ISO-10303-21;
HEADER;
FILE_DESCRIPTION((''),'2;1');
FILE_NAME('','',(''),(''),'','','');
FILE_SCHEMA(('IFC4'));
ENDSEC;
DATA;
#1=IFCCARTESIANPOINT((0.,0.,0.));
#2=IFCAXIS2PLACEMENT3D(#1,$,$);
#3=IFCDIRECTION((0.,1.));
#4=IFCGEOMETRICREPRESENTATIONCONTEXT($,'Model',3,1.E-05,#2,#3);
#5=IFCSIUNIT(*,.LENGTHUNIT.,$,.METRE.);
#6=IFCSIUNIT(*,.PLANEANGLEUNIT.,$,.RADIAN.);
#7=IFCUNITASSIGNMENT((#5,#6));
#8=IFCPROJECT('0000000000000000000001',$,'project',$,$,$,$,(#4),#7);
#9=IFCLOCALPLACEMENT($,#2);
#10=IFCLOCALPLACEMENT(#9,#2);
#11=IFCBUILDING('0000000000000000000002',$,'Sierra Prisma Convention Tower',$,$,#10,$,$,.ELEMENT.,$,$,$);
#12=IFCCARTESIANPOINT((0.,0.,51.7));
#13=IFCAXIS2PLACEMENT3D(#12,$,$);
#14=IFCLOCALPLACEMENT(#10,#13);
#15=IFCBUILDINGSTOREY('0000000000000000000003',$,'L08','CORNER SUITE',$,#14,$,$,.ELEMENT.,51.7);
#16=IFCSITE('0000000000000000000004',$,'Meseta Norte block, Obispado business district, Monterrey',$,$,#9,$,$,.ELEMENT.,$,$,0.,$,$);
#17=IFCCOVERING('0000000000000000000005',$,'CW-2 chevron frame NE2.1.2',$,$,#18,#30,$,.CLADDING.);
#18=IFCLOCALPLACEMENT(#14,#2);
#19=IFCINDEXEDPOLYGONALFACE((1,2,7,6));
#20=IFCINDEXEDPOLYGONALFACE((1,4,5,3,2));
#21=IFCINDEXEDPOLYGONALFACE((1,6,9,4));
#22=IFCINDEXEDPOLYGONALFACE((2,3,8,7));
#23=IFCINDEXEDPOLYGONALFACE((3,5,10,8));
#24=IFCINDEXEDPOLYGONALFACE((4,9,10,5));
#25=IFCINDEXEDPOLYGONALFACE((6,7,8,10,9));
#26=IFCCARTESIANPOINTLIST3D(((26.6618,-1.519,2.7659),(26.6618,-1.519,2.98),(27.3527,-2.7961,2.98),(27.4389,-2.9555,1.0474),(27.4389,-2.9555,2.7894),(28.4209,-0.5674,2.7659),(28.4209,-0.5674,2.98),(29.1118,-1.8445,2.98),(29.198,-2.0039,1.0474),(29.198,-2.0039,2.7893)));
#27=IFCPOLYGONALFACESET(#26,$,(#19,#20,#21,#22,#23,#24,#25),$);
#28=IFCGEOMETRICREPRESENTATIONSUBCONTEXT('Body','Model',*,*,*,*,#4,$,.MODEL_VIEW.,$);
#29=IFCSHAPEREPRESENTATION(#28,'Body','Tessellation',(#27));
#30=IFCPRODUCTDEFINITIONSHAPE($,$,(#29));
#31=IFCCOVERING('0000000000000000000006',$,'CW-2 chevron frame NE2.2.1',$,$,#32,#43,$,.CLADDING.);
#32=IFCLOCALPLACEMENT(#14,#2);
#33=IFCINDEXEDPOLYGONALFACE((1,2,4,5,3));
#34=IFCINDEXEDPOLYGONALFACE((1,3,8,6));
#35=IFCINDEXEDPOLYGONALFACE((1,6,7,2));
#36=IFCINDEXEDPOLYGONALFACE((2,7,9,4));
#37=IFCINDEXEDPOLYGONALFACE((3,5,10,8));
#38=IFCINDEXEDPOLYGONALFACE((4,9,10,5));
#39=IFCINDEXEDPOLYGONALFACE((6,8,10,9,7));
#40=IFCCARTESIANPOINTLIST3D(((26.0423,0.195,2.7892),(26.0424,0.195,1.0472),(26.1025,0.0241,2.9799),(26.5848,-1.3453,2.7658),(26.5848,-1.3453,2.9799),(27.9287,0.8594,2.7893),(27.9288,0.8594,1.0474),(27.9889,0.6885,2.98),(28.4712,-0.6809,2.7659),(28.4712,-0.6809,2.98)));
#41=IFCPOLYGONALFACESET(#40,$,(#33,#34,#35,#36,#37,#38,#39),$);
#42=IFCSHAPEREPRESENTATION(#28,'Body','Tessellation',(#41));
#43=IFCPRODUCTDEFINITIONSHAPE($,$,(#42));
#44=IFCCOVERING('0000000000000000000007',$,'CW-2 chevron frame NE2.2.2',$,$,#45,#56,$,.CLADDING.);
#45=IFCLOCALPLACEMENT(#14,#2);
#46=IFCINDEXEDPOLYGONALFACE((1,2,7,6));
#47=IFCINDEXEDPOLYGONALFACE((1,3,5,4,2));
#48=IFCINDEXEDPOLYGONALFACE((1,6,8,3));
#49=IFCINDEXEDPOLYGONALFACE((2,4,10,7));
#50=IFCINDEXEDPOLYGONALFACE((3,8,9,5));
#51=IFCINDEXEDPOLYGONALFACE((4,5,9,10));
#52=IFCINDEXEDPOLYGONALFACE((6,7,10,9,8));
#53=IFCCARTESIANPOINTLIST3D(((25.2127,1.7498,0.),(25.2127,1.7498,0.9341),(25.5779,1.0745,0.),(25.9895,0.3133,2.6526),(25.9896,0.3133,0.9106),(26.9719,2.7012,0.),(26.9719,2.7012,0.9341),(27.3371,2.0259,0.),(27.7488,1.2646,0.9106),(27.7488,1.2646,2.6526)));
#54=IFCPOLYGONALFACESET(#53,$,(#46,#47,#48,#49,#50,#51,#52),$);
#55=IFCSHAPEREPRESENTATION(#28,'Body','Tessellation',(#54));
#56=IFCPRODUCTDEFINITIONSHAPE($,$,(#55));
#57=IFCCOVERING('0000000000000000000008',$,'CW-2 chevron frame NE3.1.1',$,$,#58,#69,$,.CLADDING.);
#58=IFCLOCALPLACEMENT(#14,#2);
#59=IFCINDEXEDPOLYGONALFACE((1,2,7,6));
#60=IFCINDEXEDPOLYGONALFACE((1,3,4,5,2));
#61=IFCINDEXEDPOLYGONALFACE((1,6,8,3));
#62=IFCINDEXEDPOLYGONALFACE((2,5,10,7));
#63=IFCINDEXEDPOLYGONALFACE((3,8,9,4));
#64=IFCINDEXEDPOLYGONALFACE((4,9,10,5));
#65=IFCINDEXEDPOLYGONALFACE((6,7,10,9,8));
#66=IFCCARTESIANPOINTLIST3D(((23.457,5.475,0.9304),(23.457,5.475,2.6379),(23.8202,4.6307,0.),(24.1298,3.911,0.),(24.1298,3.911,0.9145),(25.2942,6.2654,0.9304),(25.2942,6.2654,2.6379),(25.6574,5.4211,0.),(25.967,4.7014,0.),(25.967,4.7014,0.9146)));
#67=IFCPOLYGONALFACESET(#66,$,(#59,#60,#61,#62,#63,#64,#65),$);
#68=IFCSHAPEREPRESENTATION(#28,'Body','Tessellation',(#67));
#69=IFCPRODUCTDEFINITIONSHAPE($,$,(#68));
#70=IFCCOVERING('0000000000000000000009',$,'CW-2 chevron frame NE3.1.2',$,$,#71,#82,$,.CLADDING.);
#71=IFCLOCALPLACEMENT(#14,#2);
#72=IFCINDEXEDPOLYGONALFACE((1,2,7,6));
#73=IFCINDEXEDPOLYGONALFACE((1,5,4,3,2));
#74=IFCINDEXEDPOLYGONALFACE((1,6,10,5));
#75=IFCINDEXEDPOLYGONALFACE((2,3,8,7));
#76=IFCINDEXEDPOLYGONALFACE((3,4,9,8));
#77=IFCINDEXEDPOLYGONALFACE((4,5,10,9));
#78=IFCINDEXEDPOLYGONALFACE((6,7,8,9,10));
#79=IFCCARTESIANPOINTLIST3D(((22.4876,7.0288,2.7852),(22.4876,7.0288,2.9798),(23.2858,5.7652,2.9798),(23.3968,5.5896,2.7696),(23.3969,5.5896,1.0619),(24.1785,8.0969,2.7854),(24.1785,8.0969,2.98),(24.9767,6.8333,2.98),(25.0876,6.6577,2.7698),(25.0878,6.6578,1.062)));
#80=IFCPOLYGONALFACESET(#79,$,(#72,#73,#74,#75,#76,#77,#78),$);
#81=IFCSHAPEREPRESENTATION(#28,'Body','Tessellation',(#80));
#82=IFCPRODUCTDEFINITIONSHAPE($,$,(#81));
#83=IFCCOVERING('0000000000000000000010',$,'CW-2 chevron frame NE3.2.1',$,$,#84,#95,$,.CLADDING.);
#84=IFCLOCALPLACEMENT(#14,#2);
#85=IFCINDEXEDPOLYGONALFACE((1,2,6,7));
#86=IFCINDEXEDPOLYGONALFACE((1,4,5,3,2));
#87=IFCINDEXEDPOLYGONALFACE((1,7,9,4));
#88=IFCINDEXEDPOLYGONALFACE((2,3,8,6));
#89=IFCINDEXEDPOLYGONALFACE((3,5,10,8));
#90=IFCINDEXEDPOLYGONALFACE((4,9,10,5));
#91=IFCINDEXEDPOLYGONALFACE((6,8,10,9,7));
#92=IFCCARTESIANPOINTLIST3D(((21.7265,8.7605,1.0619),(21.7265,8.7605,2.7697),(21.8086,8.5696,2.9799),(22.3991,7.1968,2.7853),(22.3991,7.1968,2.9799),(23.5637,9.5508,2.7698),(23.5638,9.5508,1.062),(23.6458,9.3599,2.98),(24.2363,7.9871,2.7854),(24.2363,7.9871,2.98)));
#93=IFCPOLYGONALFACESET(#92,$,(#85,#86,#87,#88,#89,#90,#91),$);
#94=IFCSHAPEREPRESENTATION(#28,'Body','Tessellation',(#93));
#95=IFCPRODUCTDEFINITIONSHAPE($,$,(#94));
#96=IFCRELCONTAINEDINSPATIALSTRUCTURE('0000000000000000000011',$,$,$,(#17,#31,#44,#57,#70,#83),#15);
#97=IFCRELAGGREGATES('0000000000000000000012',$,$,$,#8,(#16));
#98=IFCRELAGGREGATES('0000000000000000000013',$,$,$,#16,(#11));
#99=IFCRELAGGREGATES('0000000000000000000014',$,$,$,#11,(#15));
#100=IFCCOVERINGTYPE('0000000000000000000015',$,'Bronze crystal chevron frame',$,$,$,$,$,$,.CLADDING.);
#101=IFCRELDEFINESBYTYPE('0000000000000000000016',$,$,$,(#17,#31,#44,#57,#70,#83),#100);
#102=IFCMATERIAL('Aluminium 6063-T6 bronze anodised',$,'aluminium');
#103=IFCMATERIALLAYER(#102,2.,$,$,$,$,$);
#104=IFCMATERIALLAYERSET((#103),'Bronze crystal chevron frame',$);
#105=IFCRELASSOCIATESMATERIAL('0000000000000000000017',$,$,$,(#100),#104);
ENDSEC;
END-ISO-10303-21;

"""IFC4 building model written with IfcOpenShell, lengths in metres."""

from ifc_helpers import new_model, si_unit, direction, frame, origin, place, context, subcontext, project, spatial, polyline, outline, extrude, material, layer, layer_set, type_object, element, save


model = new_model("IFC4")

# Units and contexts
model_context = context("Model", 3, precision=1e-05, world=origin(), true_north=direction((0.0, 1.0)))
body_context = subcontext(model_context, "Body", "Model", "MODEL_VIEW")
ifc_project = project(units=[si_unit("LENGTHUNIT", "METRE"), si_unit("PLANEANGLEUNIT", "RADIAN")], contexts=[model_context])

# Site, building, storey
site_placement = place(None, origin())
site = spatial("IfcSite", under=ifc_project, at=site_placement, Name="Meseta Norte block, Obispado business district, Monterrey", CompositionType="ELEMENT", RefElevation=0.0)
building_placement = place(site_placement, origin())
building = spatial("IfcBuilding", under=site, at=building_placement, Name="Sierra Prisma Convention Tower", CompositionType="ELEMENT")
storey_placement = place(building_placement, frame((0.0, 0.0, 51.7)))
storey = spatial("IfcBuildingStorey", under=building, at=storey_placement, Name="L08", Description="CORNER SUITE", CompositionType="ELEMENT", Elevation=51.7)

# Coverings
ifc_material_1 = material(Name="Aluminium 6063-T6 bronze anodised", Category="aluminium")
ifc_layer_1 = layer(ifc_material_1, 2.0)
ifc_layer_set_1 = layer_set([ifc_layer_1], Name="Bronze crystal chevron frame")
covering_type = type_object("IfcCoveringType", Name="Bronze crystal chevron frame", PredefinedType="CLADDING", material=ifc_layer_set_1)
covering_1_placement = place(storey_placement, frame((29.198, -2.0039, 2.7893), z_axis=(0.879551, 0.475804, -0.000025), x_axis=(-0.000022, -0.000012, -1.0)))
element("IfcCovering", 1, at=covering_1_placement, inside=storey, type_object=covering_type, Name="CW-2 chevron frame NE2.1.2", PredefinedType="CLADDING", context=body_context, shape_type="SweptSolid", body=[
    extrude(outline(polyline([(0.0, 0.0), (1.7419, 0.0), (0.0234, 1.6332), (-0.1907, 1.6332), (-0.1907, 0.1812), (0.0, 0.0)])), origin(), (0.0, 0.0, -1.0), 2.0),
])
covering_2_placement = place(storey_placement, frame((28.4712, -0.6809, 2.98), z_axis=(0.943209, 0.332201, 0.000058), x_axis=(0.000055, 0.000019, -1.0)))
element("IfcCovering", 2, at=covering_2_placement, inside=storey, type_object=covering_type, Name="CW-2 chevron frame NE2.2.1", PredefinedType="CLADDING", context=body_context, shape_type="SweptSolid", body=[
    extrude(outline(polyline([(0.0, 0.0), (0.2141, 0.0), (1.9326, 1.633), (0.1907, 1.633), (0.0, 1.4519), (0.0, 0.0)])), origin(), (0.0, 0.0, -1.0), 2.0),
])
covering_3_placement = place(storey_placement, frame((26.9719, 2.7012, 0.0), z_axis=(0.879612, 0.475692, 0.000012), x_axis=(-0.000011, -0.000006, 1.0)))
element("IfcCovering", 3, at=covering_3_placement, inside=storey, type_object=covering_type, Name="CW-2 chevron frame NE2.2.2", PredefinedType="CLADDING", context=body_context, shape_type="SweptSolid", body=[
    extrude(outline(polyline([(0.0, 0.0), (0.9341, 0.0), (2.6526, 1.6331), (0.9106, 1.6331), (0.0, 0.7677), (0.0, 0.0)])), origin(), (0.0, 0.0, -1.0), 2.0),
])
covering_4_placement = place(storey_placement, frame((25.967, 4.7014, 0.0), z_axis=(0.9186, 0.395189, 0.000022), x_axis=(-0.395189, 0.9186, 0.0)))
element("IfcCovering", 4, at=covering_4_placement, inside=storey, type_object=covering_type, Name="CW-2 chevron frame NE3.1.1", PredefinedType="CLADDING", context=body_context, shape_type="SweptSolid", body=[
    extrude(outline(polyline([(0.0, 0.0), (0.7835, 0.0), (1.7026, 0.9304), (1.7026, 2.6379), (0.0, 0.9146), (0.0, 0.0)])), origin(), (0.0, 0.0, -1.0), 2.0),
])
covering_5_placement = place(storey_placement, frame((25.0876, 6.6577, 2.7698), z_axis=(0.84544, 0.534071, 0.000078), x_axis=(0.000066, 0.000042, -1.0)))
element("IfcCovering", 5, at=covering_5_placement, inside=storey, type_object=covering_type, Name="CW-2 chevron frame NE3.1.2", PredefinedType="CLADDING", context=body_context, shape_type="SweptSolid", body=[
    extrude(outline(polyline([(0.0, 0.0), (1.7078, 0.0), (-0.0156, 1.7023), (-0.2102, 1.7023), (-0.2102, 0.2077), (0.0, 0.0)])), origin(), (0.0, 0.0, -1.0), 2.0),
])
covering_6_placement = place(storey_placement, frame((24.2363, 7.9871, 2.98), z_axis=(0.918623, 0.395135, 0.000039), x_axis=(0.000036, 0.000015, -1.0)))
element("IfcCovering", 6, at=covering_6_placement, inside=storey, type_object=covering_type, Name="CW-2 chevron frame NE3.2.1", PredefinedType="CLADDING", context=body_context, shape_type="SweptSolid", body=[
    extrude(outline(polyline([(0.0, 0.0), (0.1946, 0.0), (1.918, 1.7022), (0.2102, 1.7022), (0.0, 1.4944), (0.0, 0.0)])), origin(), (0.0, 0.0, -1.0), 2.0),
])

save(model, "model.ifc")
